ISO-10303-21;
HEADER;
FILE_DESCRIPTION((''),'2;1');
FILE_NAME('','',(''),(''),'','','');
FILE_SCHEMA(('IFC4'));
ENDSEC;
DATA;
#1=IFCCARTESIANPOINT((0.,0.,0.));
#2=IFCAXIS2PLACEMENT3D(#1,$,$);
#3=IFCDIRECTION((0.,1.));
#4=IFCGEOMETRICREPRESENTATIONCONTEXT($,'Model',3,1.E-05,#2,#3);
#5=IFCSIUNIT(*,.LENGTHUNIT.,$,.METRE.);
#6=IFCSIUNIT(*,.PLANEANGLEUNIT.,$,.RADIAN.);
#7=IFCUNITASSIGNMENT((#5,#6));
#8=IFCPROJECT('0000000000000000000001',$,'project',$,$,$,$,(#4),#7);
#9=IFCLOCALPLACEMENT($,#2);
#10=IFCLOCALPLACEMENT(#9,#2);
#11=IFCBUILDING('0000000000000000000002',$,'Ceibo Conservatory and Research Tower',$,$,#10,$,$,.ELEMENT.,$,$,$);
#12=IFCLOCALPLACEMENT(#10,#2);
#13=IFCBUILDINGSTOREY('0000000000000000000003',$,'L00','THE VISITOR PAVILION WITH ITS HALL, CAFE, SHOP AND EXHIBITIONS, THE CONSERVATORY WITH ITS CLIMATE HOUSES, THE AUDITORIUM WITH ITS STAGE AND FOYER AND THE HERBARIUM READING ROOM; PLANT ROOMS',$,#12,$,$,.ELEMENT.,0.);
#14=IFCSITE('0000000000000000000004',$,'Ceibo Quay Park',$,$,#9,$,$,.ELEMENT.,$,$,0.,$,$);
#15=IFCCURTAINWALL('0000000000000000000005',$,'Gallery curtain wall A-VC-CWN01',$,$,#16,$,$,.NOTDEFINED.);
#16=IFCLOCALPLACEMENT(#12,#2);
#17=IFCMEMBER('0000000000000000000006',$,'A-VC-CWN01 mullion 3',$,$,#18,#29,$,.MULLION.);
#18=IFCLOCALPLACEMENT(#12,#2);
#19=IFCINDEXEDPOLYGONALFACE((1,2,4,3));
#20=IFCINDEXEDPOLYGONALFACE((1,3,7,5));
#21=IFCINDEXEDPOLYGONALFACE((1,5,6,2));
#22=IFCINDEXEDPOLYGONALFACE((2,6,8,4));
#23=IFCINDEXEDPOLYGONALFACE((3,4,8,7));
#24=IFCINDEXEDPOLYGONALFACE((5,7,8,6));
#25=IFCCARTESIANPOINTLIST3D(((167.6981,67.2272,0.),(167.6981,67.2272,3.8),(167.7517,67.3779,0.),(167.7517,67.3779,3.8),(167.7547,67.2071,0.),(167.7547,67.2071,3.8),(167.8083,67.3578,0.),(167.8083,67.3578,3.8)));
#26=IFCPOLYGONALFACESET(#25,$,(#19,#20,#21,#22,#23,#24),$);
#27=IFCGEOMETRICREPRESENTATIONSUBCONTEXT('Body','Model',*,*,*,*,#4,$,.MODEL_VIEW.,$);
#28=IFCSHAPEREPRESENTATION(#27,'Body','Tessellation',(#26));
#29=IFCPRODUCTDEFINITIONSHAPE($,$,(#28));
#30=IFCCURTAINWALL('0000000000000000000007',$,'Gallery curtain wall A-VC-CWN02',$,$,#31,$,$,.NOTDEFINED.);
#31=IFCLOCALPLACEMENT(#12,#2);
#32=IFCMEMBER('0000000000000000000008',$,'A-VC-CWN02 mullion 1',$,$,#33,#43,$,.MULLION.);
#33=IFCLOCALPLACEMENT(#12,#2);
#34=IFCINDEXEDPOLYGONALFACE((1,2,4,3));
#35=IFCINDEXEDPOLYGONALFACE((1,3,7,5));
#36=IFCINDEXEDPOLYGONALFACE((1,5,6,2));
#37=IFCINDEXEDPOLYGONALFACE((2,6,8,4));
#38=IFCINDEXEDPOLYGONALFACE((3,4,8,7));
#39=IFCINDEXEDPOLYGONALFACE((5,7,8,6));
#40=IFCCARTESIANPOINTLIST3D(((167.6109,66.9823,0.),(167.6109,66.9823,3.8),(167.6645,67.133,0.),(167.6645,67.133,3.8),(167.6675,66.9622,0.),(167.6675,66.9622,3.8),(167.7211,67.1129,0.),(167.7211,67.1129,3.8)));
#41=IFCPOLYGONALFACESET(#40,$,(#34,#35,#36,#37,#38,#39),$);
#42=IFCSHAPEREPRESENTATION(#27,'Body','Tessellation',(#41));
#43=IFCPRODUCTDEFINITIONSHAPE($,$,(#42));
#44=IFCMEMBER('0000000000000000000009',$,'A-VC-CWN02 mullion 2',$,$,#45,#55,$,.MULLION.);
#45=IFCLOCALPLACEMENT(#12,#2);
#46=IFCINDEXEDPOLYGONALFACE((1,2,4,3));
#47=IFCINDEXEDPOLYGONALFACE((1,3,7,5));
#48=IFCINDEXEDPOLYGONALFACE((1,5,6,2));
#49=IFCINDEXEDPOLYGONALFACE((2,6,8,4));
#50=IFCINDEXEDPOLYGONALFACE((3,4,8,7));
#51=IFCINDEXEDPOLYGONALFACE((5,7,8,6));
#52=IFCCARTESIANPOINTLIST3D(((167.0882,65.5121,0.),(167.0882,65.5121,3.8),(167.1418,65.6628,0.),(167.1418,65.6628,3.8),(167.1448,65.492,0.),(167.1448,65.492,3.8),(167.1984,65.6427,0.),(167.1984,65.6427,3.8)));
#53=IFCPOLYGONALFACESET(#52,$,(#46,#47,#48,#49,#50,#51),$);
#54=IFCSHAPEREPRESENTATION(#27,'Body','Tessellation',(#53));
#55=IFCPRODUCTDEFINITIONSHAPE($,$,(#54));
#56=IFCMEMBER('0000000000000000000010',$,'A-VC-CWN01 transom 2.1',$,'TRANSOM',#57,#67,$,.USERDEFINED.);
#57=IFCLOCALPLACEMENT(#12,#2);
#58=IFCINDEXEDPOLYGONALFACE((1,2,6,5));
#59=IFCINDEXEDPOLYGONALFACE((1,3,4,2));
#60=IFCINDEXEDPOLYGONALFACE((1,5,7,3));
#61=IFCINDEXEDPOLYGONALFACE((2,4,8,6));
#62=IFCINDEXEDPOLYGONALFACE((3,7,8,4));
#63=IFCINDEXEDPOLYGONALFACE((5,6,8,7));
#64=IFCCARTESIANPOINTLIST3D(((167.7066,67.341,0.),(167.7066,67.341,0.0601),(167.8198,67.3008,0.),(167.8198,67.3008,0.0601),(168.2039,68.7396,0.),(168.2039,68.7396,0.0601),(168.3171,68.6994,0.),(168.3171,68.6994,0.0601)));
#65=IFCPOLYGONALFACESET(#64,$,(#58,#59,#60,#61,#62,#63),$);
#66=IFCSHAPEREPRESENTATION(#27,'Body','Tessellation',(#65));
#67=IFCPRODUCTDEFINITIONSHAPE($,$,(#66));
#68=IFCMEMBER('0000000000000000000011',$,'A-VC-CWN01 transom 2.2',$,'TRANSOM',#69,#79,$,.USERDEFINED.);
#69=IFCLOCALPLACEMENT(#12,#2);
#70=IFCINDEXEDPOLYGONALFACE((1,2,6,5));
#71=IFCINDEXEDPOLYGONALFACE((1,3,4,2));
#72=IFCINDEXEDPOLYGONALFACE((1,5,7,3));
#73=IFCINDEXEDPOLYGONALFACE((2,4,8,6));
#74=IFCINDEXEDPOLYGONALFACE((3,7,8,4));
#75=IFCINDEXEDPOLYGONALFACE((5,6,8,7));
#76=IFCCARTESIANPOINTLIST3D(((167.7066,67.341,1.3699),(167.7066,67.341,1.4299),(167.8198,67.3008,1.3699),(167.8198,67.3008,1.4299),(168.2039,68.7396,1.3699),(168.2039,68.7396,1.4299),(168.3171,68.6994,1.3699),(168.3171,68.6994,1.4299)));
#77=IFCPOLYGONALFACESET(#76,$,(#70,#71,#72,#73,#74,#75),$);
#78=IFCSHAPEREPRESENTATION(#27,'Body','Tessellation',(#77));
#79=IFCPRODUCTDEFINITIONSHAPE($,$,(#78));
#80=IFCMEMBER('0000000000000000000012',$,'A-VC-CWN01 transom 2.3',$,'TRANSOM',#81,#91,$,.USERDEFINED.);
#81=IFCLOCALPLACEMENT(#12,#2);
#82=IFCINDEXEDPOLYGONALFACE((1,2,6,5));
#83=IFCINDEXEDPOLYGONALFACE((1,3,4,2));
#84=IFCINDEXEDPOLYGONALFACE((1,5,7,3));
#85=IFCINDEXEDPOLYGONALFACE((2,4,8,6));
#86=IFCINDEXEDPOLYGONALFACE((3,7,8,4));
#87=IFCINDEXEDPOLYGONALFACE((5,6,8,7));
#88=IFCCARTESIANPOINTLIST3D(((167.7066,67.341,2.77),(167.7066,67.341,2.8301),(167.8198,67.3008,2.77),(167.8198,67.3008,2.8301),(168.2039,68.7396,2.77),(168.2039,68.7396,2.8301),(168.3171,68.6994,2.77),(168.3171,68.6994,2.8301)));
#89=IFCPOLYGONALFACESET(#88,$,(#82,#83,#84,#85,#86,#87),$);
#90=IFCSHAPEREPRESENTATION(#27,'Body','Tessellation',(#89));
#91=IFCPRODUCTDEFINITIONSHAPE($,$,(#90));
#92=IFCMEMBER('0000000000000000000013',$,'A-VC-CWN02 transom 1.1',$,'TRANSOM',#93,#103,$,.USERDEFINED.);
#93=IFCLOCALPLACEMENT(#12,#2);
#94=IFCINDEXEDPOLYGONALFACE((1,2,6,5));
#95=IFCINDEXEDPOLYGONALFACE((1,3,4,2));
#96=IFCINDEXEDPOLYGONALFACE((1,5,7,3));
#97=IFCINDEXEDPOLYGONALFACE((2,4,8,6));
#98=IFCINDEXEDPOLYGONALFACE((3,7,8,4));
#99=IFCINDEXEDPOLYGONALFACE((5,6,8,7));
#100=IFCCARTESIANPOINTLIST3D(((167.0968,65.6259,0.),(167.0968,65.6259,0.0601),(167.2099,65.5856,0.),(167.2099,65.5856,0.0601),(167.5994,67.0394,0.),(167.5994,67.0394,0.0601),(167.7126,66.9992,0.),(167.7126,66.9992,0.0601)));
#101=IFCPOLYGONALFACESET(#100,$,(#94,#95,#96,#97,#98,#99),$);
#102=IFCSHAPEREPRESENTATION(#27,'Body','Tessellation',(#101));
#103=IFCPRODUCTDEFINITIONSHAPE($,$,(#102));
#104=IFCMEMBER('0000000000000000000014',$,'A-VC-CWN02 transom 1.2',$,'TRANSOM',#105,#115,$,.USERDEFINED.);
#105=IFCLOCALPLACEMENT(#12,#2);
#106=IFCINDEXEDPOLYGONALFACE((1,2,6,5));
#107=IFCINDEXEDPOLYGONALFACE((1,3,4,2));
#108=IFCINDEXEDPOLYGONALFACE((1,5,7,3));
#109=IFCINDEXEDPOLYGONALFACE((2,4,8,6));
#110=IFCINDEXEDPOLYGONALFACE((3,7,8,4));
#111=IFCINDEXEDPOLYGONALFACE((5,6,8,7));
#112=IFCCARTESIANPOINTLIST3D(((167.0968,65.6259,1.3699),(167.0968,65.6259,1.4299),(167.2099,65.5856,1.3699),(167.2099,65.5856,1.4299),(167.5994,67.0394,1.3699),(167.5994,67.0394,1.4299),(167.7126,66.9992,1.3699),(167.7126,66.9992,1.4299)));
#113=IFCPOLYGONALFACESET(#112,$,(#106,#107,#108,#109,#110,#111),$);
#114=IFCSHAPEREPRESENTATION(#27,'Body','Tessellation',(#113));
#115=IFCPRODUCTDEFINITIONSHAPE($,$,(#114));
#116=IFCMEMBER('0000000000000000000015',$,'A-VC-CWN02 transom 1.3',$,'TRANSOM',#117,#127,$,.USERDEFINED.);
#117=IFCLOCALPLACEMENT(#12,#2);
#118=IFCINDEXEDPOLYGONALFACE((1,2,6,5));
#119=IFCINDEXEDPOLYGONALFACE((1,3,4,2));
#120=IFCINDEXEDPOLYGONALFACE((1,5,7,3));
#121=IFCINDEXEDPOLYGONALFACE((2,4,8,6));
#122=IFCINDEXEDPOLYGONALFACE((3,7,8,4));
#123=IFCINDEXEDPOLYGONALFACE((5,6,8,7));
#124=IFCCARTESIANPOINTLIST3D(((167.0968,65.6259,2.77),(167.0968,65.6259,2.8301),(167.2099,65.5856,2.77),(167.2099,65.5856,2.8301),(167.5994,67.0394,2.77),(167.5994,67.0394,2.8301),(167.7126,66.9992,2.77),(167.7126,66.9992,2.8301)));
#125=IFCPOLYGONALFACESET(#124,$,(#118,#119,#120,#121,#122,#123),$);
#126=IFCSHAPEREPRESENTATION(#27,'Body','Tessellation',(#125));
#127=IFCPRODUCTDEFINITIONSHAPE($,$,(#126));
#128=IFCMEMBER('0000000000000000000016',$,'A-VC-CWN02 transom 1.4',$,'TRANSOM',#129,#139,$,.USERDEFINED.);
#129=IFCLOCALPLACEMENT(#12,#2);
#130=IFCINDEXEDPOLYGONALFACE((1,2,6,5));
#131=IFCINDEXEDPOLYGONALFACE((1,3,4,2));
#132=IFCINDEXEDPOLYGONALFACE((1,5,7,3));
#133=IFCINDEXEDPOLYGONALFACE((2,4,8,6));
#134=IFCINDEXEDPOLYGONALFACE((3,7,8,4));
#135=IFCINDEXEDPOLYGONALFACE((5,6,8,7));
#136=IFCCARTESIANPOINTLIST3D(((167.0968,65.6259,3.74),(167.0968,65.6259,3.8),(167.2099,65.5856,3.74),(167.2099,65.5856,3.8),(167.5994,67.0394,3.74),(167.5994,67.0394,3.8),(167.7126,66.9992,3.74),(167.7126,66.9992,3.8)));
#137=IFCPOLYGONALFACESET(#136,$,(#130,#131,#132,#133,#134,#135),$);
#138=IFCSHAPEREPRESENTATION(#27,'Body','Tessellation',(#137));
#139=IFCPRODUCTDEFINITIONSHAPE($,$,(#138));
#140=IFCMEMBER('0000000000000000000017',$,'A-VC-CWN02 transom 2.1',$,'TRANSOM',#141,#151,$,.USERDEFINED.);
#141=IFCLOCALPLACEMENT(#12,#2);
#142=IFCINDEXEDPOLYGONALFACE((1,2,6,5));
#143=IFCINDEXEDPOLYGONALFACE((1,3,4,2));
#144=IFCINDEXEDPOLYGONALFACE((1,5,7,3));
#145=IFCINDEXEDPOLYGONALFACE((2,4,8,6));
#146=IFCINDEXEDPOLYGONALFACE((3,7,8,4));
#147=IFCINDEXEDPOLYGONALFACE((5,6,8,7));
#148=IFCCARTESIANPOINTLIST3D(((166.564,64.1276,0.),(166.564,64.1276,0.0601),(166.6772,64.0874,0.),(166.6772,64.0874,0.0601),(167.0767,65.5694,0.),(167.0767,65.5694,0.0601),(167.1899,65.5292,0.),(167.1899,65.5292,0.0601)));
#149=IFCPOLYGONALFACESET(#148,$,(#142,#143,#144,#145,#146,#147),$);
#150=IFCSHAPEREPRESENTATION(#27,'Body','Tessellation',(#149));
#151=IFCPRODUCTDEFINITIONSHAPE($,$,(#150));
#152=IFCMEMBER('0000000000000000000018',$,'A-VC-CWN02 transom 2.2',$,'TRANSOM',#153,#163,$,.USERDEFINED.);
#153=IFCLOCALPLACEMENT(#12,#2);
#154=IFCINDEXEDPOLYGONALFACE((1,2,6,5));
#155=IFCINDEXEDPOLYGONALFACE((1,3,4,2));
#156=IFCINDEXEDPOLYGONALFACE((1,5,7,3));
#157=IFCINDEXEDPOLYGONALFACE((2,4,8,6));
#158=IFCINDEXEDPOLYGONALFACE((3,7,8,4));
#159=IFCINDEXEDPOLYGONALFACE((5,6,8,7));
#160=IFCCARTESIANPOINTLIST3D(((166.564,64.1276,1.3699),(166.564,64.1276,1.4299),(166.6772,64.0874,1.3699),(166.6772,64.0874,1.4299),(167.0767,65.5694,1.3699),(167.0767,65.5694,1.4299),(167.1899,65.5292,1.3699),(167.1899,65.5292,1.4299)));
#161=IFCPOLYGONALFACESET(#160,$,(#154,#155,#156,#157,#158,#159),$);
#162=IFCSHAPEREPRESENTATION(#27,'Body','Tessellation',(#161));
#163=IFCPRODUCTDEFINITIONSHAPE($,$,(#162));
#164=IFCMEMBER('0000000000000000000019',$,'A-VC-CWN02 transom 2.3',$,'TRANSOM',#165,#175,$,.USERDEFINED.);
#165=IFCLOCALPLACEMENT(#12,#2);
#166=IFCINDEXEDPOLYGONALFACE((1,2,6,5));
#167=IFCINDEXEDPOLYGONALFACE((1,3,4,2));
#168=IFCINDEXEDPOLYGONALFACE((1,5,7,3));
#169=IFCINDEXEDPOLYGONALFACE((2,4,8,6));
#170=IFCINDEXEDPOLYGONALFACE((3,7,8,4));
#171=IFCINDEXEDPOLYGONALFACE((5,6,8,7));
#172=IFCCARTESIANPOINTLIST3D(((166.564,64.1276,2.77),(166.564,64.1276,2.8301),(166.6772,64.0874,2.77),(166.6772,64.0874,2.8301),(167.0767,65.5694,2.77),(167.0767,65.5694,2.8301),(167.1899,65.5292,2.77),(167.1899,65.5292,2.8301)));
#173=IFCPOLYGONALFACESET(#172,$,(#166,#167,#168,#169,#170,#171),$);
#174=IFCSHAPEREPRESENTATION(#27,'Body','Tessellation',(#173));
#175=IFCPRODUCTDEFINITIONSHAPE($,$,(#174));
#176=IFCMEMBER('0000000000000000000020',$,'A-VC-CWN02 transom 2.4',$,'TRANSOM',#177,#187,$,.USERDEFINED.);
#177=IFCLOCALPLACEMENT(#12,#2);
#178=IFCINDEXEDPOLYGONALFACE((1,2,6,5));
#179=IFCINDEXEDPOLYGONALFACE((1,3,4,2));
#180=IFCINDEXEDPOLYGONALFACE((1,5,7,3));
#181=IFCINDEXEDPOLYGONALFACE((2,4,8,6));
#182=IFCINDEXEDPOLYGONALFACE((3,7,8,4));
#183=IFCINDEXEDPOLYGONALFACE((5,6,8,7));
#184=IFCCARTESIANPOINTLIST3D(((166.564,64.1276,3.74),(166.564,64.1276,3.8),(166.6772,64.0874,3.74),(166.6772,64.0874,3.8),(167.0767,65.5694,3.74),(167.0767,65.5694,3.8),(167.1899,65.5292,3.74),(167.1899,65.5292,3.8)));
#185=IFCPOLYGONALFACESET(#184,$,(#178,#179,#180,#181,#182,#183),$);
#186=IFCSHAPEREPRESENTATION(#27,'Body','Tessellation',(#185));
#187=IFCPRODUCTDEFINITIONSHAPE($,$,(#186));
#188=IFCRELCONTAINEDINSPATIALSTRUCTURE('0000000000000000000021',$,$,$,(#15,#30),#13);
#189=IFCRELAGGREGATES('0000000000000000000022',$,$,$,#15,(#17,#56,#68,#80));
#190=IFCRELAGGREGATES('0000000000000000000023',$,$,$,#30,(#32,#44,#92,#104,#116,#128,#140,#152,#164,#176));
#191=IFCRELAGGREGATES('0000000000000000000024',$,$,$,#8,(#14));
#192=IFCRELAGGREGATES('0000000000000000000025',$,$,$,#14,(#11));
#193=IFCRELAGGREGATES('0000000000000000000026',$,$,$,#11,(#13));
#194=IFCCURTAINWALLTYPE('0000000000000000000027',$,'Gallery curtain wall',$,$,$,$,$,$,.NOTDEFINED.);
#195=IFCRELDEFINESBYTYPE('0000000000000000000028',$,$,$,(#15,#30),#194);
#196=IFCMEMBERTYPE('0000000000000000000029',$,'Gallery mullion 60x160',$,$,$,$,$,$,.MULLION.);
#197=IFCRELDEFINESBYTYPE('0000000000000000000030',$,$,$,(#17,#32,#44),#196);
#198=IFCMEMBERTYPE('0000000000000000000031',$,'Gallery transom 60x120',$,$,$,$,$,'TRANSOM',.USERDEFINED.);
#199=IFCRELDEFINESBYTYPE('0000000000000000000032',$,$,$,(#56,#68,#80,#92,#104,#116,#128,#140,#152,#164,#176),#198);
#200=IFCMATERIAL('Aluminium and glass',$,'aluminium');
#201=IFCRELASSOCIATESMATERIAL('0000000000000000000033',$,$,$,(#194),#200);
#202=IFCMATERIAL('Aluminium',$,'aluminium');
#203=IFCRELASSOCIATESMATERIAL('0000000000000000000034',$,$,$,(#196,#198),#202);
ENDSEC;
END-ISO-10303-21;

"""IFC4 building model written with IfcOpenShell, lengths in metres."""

from ifc_helpers import new_model, si_unit, direction, frame, origin, origin_2d, place, context, subcontext, project, spatial, rectangle, extrude, material, material_profile, profile_set, type_object, element, aggregate, save


model = new_model("IFC4")

# Units and contexts
model_context = context("Model", 3, precision=1e-05, world=origin(), true_north=direction((0.0, 1.0)))
body_context = subcontext(model_context, "Body", "Model", "MODEL_VIEW")
ifc_project = project(units=[si_unit("LENGTHUNIT", "METRE"), si_unit("PLANEANGLEUNIT", "RADIAN")], contexts=[model_context])

# Site, building, storey
site_placement = place(None, origin())
site = spatial("IfcSite", under=ifc_project, at=site_placement, Name="Ceibo Quay Park", CompositionType="ELEMENT", RefElevation=0.0)
building_placement = place(site_placement, origin())
building = spatial("IfcBuilding", under=site, at=building_placement, Name="Ceibo Conservatory and Research Tower", CompositionType="ELEMENT")
storey_placement = place(building_placement, origin())
storey = spatial("IfcBuildingStorey", under=building, at=storey_placement, Name="L00", Description="THE VISITOR PAVILION WITH ITS HALL, CAFE, SHOP AND EXHIBITIONS, THE CONSERVATORY WITH ITS CLIMATE HOUSES, THE AUDITORIUM WITH ITS STAGE AND FOYER AND THE HERBARIUM READING ROOM; PLANT ROOMS", CompositionType="ELEMENT", Elevation=0.0)

# Curtain wall, member
ifc_material_1 = material(Name="Aluminium and glass", Category="aluminium")
curtain_wall_type = type_object("IfcCurtainWallType", Name="Gallery curtain wall", PredefinedType="NOTDEFINED", material=ifc_material_1)
curtain_wall_1_placement = place(storey_placement, origin())
curtain_wall_1 = element("IfcCurtainWall", 1, at=curtain_wall_1_placement, inside=storey, type_object=curtain_wall_type, Name="Gallery curtain wall A-VC-CWN01", PredefinedType="NOTDEFINED")
ifc_material_2 = material(Name="Aluminium", Category="aluminium")
ifc_material_profile_1 = material_profile(ifc_material_2, rectangle(XDim=0.0601, YDim=0.1599, at=origin_2d()), Name="AL 60x160")
ifc_profile_set_1 = profile_set([ifc_material_profile_1], Name="Aluminium")
member_type_1 = type_object("IfcMemberType", Name="Gallery mullion 60x160", PredefinedType="MULLION", material=ifc_profile_set_1)
member_1_placement = place(storey_placement, frame((167.7532, 67.2925, 0.0), z_axis=(0.0, 0.0, 1.0), x_axis=(0.942204, -0.33504, 0.0)))
member_1 = element("IfcMember", 2, at=member_1_placement, type_object=member_type_1, Name="A-VC-CWN01 mullion 3", PredefinedType="MULLION", context=body_context, shape_type="SweptSolid", body=[
    extrude(rectangle(XDim=0.0601, YDim=0.1599, at=origin_2d()), origin(), (0.0, 0.0, 1.0), 3.8),
])

# Curtain wall, members
curtain_wall_2_placement = place(storey_placement, origin())
curtain_wall_2 = element("IfcCurtainWall", 3, at=curtain_wall_2_placement, inside=storey, type_object=curtain_wall_type, Name="Gallery curtain wall A-VC-CWN02", PredefinedType="NOTDEFINED")
member_2_placement = place(storey_placement, frame((167.666, 67.0476, 0.0), z_axis=(0.0, 0.0, 1.0), x_axis=(0.942204, -0.33504, 0.0)))
member_2 = element("IfcMember", 4, at=member_2_placement, type_object=member_type_1, Name="A-VC-CWN02 mullion 1", PredefinedType="MULLION", context=body_context, shape_type="SweptSolid", body=[
    extrude(rectangle(XDim=0.0601, YDim=0.1599, at=origin_2d()), origin(), (0.0, 0.0, 1.0), 3.8),
])
member_3_placement = place(storey_placement, frame((167.1433, 65.5774, 0.0), z_axis=(0.0, 0.0, 1.0), x_axis=(0.942204, -0.33504, 0.0)))
member_3 = element("IfcMember", 5, at=member_3_placement, type_object=member_type_1, Name="A-VC-CWN02 mullion 2", PredefinedType="MULLION", context=body_context, shape_type="SweptSolid", body=[
    extrude(rectangle(XDim=0.0601, YDim=0.1599, at=origin_2d()), origin(), (0.0, 0.0, 1.0), 3.8),
])

# Members
ifc_material_profile_2 = material_profile(ifc_material_2, rectangle(XDim=0.1201, YDim=0.0601, at=origin_2d()), Name="AL 60x120")
ifc_profile_set_2 = profile_set([ifc_material_profile_2], Name="Aluminium")
member_type_2 = type_object("IfcMemberType", Name="Gallery transom 60x120", ElementType="TRANSOM", PredefinedType="USERDEFINED", material=ifc_profile_set_2)
member_4_placement = place(storey_placement, frame((168.2605, 68.7195, 0.03), z_axis=(-0.335013, -0.942214, 0.0), x_axis=(0.942214, -0.335013, 0.0)))
member_4 = element("IfcMember", 6, at=member_4_placement, type_object=member_type_2, Name="A-VC-CWN01 transom 2.1", ObjectType="TRANSOM", PredefinedType="USERDEFINED", context=body_context, shape_type="SweptSolid", body=[
    extrude(rectangle(XDim=0.1201, YDim=0.0601, at=origin_2d()), origin(), (0.0, 0.0, 1.0), 1.4844),
])
member_5_placement = place(storey_placement, frame((168.2605, 68.7195, 1.3999), z_axis=(-0.335013, -0.942214, 0.0), x_axis=(0.942214, -0.335013, 0.0)))
member_5 = element("IfcMember", 7, at=member_5_placement, type_object=member_type_2, Name="A-VC-CWN01 transom 2.2", ObjectType="TRANSOM", PredefinedType="USERDEFINED", context=body_context, shape_type="SweptSolid", body=[
    extrude(rectangle(XDim=0.1201, YDim=0.0601, at=origin_2d()), origin(), (0.0, 0.0, 1.0), 1.4844),
])
member_6_placement = place(storey_placement, frame((168.2605, 68.7195, 2.8), z_axis=(-0.335013, -0.942214, 0.0), x_axis=(0.942214, -0.335013, 0.0)))
member_6 = element("IfcMember", 8, at=member_6_placement, type_object=member_type_2, Name="A-VC-CWN01 transom 2.3", ObjectType="TRANSOM", PredefinedType="USERDEFINED", context=body_context, shape_type="SweptSolid", body=[
    extrude(rectangle(XDim=0.1201, YDim=0.0601, at=origin_2d()), origin(), (0.0, 0.0, 1.0), 1.4844),
])
member_7_placement = place(storey_placement, frame((167.656, 67.0193, 0.03), z_axis=(-0.335058, -0.942198, 0.0), x_axis=(0.942198, -0.335058, 0.0)))
member_7 = element("IfcMember", 9, at=member_7_placement, type_object=member_type_2, Name="A-VC-CWN02 transom 1.1", ObjectType="TRANSOM", PredefinedType="USERDEFINED", context=body_context, shape_type="SweptSolid", body=[
    extrude(rectangle(XDim=0.1201, YDim=0.0601, at=origin_2d()), origin(), (0.0, 0.0, 1.0), 1.5002),
])
member_8_placement = place(storey_placement, frame((167.656, 67.0193, 1.3999), z_axis=(-0.335058, -0.942198, 0.0), x_axis=(0.942198, -0.335058, 0.0)))
member_8 = element("IfcMember", 10, at=member_8_placement, type_object=member_type_2, Name="A-VC-CWN02 transom 1.2", ObjectType="TRANSOM", PredefinedType="USERDEFINED", context=body_context, shape_type="SweptSolid", body=[
    extrude(rectangle(XDim=0.1201, YDim=0.0601, at=origin_2d()), origin(), (0.0, 0.0, 1.0), 1.5002),
])
member_9_placement = place(storey_placement, frame((167.656, 67.0193, 2.8), z_axis=(-0.335058, -0.942198, 0.0), x_axis=(0.942198, -0.335058, 0.0)))
member_9 = element("IfcMember", 11, at=member_9_placement, type_object=member_type_2, Name="A-VC-CWN02 transom 1.3", ObjectType="TRANSOM", PredefinedType="USERDEFINED", context=body_context, shape_type="SweptSolid", body=[
    extrude(rectangle(XDim=0.1201, YDim=0.0601, at=origin_2d()), origin(), (0.0, 0.0, 1.0), 1.5002),
])
member_10_placement = place(storey_placement, frame((167.656, 67.0193, 3.77), z_axis=(-0.335058, -0.942198, 0.0), x_axis=(0.942198, -0.335058, 0.0)))
member_10 = element("IfcMember", 12, at=member_10_placement, type_object=member_type_2, Name="A-VC-CWN02 transom 1.4", ObjectType="TRANSOM", PredefinedType="USERDEFINED", context=body_context, shape_type="SweptSolid", body=[
    extrude(rectangle(XDim=0.1201, YDim=0.0601, at=origin_2d()), origin(), (0.0, 0.0, 1.0), 1.5002),
])
member_11_placement = place(storey_placement, frame((167.1333, 65.5493, 0.03), z_axis=(-0.335022, -0.94221, 0.0), x_axis=(0.94221, -0.335022, 0.0)))
member_11 = element("IfcMember", 13, at=member_11_placement, type_object=member_type_2, Name="A-VC-CWN02 transom 2.1", ObjectType="TRANSOM", PredefinedType="USERDEFINED", context=body_context, shape_type="SweptSolid", body=[
    extrude(rectangle(XDim=0.1201, YDim=0.0601, at=origin_2d()), origin(), (0.0, 0.0, 1.0), 1.5303),
])
member_12_placement = place(storey_placement, frame((167.1333, 65.5493, 1.3999), z_axis=(-0.335022, -0.94221, 0.0), x_axis=(0.94221, -0.335022, 0.0)))
member_12 = element("IfcMember", 14, at=member_12_placement, type_object=member_type_2, Name="A-VC-CWN02 transom 2.2", ObjectType="TRANSOM", PredefinedType="USERDEFINED", context=body_context, shape_type="SweptSolid", body=[
    extrude(rectangle(XDim=0.1201, YDim=0.0601, at=origin_2d()), origin(), (0.0, 0.0, 1.0), 1.5303),
])
member_13_placement = place(storey_placement, frame((167.1333, 65.5493, 2.8), z_axis=(-0.335022, -0.94221, 0.0), x_axis=(0.94221, -0.335022, 0.0)))
member_13 = element("IfcMember", 15, at=member_13_placement, type_object=member_type_2, Name="A-VC-CWN02 transom 2.3", ObjectType="TRANSOM", PredefinedType="USERDEFINED", context=body_context, shape_type="SweptSolid", body=[
    extrude(rectangle(XDim=0.1201, YDim=0.0601, at=origin_2d()), origin(), (0.0, 0.0, 1.0), 1.5303),
])
member_14_placement = place(storey_placement, frame((167.1333, 65.5493, 3.77), z_axis=(-0.335022, -0.94221, 0.0), x_axis=(0.94221, -0.335022, 0.0)))
member_14 = element("IfcMember", 16, at=member_14_placement, type_object=member_type_2, Name="A-VC-CWN02 transom 2.4", ObjectType="TRANSOM", PredefinedType="USERDEFINED", context=body_context, shape_type="SweptSolid", body=[
    extrude(rectangle(XDim=0.1201, YDim=0.0601, at=origin_2d()), origin(), (0.0, 0.0, 1.0), 1.5303),
])

aggregate(curtain_wall_1, [member_1, member_4, member_5, member_6])
aggregate(curtain_wall_2, [member_2, member_3, member_7, member_8, member_9, member_10, member_11, member_12, member_13, member_14])

save(model, "model.ifc")
